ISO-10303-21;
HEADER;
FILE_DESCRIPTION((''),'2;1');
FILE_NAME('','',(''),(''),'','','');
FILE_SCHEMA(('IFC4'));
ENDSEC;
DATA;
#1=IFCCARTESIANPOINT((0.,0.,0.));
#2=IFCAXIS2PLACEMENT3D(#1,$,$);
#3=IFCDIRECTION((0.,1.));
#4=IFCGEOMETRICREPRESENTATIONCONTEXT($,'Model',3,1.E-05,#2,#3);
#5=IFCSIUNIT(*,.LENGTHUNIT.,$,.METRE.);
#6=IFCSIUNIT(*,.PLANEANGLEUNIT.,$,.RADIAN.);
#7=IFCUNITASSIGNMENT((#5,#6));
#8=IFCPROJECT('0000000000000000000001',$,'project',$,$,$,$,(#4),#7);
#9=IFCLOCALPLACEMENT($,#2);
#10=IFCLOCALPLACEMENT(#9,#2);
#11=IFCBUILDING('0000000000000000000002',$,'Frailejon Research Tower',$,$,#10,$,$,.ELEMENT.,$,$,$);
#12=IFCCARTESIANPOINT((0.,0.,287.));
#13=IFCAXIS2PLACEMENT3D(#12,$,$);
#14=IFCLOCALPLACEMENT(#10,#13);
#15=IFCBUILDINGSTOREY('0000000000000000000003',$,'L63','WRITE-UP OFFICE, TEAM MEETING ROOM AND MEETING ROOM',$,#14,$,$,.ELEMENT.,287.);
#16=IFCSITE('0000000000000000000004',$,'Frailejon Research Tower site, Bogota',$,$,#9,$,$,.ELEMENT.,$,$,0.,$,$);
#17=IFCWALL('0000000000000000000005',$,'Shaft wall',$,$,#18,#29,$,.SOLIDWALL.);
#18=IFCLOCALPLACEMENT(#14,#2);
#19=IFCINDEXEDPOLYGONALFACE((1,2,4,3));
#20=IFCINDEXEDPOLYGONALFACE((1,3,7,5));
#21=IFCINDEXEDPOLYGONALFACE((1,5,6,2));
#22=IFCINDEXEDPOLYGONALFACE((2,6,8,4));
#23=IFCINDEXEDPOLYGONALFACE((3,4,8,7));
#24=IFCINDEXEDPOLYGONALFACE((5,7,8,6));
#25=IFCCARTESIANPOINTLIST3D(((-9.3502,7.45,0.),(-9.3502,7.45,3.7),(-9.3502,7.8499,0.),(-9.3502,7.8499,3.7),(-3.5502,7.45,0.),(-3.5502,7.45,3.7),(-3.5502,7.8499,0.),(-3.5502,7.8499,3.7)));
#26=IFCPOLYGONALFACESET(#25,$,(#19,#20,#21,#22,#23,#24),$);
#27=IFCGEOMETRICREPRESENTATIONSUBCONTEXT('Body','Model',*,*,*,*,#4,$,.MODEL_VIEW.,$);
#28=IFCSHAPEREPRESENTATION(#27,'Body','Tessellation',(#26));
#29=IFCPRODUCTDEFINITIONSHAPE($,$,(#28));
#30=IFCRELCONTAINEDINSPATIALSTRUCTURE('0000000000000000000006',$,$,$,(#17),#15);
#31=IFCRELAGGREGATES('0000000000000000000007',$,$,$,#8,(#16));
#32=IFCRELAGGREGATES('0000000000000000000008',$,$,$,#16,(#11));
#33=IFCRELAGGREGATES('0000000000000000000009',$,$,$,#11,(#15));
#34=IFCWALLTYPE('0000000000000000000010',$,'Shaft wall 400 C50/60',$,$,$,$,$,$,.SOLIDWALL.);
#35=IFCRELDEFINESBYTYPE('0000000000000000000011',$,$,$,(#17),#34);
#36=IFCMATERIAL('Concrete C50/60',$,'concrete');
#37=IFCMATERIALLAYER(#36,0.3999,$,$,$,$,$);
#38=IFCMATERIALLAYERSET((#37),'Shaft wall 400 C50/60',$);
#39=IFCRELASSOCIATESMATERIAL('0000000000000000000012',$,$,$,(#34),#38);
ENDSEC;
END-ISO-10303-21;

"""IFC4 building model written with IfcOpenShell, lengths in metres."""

from ifc_helpers import new_model, si_unit, direction, frame, frame_2d, origin, place, context, subcontext, project, spatial, rectangle, extrude, material, layer, layer_set, type_object, element, save


model = new_model("IFC4")

# Units and contexts
model_context = context("Model", 3, precision=1e-05, world=origin(), true_north=direction((0.0, 1.0)))
body_context = subcontext(model_context, "Body", "Model", "MODEL_VIEW")
ifc_project = project(units=[si_unit("LENGTHUNIT", "METRE"), si_unit("PLANEANGLEUNIT", "RADIAN")], contexts=[model_context])

# Site, building, storey
site_placement = place(None, origin())
site = spatial("IfcSite", under=ifc_project, at=site_placement, Name="Frailejon Research Tower site, Bogota", CompositionType="ELEMENT", RefElevation=0.0)
building_placement = place(site_placement, origin())
building = spatial("IfcBuilding", under=site, at=building_placement, Name="Frailejon Research Tower", CompositionType="ELEMENT")
storey_placement = place(building_placement, frame((0.0, 0.0, 287.0)))
storey = spatial("IfcBuildingStorey", under=building, at=storey_placement, Name="L63", Description="WRITE-UP OFFICE, TEAM MEETING ROOM AND MEETING ROOM", CompositionType="ELEMENT", Elevation=287.0)

# Wall
ifc_material_1 = material(Name="Concrete C50/60", Category="concrete")
ifc_layer_1 = layer(ifc_material_1, 0.3999)
ifc_layer_set_1 = layer_set([ifc_layer_1], Name="Shaft wall 400 C50/60")
wall_type_1 = type_object("IfcWallType", Name="Shaft wall 400 C50/60", PredefinedType="SOLIDWALL", material=ifc_layer_set_1)
wall_1_placement = place(storey_placement, frame((-9.3501, 7.6499, 0.0), z_axis=(0.0, 0.0, 1.0), x_axis=(1.0, 0.0, 0.0)))
element("IfcWall", 1, at=wall_1_placement, inside=storey, type_object=wall_type_1, Name="Shaft wall", PredefinedType="SOLIDWALL", context=body_context, shape_type="SweptSolid", body=[
    extrude(rectangle(XDim=5.8, YDim=0.3999, at=frame_2d((2.8999, 0.0))), origin(), (0.0, 0.0, 1.0), 3.7),
])

save(model, "model.ifc")
